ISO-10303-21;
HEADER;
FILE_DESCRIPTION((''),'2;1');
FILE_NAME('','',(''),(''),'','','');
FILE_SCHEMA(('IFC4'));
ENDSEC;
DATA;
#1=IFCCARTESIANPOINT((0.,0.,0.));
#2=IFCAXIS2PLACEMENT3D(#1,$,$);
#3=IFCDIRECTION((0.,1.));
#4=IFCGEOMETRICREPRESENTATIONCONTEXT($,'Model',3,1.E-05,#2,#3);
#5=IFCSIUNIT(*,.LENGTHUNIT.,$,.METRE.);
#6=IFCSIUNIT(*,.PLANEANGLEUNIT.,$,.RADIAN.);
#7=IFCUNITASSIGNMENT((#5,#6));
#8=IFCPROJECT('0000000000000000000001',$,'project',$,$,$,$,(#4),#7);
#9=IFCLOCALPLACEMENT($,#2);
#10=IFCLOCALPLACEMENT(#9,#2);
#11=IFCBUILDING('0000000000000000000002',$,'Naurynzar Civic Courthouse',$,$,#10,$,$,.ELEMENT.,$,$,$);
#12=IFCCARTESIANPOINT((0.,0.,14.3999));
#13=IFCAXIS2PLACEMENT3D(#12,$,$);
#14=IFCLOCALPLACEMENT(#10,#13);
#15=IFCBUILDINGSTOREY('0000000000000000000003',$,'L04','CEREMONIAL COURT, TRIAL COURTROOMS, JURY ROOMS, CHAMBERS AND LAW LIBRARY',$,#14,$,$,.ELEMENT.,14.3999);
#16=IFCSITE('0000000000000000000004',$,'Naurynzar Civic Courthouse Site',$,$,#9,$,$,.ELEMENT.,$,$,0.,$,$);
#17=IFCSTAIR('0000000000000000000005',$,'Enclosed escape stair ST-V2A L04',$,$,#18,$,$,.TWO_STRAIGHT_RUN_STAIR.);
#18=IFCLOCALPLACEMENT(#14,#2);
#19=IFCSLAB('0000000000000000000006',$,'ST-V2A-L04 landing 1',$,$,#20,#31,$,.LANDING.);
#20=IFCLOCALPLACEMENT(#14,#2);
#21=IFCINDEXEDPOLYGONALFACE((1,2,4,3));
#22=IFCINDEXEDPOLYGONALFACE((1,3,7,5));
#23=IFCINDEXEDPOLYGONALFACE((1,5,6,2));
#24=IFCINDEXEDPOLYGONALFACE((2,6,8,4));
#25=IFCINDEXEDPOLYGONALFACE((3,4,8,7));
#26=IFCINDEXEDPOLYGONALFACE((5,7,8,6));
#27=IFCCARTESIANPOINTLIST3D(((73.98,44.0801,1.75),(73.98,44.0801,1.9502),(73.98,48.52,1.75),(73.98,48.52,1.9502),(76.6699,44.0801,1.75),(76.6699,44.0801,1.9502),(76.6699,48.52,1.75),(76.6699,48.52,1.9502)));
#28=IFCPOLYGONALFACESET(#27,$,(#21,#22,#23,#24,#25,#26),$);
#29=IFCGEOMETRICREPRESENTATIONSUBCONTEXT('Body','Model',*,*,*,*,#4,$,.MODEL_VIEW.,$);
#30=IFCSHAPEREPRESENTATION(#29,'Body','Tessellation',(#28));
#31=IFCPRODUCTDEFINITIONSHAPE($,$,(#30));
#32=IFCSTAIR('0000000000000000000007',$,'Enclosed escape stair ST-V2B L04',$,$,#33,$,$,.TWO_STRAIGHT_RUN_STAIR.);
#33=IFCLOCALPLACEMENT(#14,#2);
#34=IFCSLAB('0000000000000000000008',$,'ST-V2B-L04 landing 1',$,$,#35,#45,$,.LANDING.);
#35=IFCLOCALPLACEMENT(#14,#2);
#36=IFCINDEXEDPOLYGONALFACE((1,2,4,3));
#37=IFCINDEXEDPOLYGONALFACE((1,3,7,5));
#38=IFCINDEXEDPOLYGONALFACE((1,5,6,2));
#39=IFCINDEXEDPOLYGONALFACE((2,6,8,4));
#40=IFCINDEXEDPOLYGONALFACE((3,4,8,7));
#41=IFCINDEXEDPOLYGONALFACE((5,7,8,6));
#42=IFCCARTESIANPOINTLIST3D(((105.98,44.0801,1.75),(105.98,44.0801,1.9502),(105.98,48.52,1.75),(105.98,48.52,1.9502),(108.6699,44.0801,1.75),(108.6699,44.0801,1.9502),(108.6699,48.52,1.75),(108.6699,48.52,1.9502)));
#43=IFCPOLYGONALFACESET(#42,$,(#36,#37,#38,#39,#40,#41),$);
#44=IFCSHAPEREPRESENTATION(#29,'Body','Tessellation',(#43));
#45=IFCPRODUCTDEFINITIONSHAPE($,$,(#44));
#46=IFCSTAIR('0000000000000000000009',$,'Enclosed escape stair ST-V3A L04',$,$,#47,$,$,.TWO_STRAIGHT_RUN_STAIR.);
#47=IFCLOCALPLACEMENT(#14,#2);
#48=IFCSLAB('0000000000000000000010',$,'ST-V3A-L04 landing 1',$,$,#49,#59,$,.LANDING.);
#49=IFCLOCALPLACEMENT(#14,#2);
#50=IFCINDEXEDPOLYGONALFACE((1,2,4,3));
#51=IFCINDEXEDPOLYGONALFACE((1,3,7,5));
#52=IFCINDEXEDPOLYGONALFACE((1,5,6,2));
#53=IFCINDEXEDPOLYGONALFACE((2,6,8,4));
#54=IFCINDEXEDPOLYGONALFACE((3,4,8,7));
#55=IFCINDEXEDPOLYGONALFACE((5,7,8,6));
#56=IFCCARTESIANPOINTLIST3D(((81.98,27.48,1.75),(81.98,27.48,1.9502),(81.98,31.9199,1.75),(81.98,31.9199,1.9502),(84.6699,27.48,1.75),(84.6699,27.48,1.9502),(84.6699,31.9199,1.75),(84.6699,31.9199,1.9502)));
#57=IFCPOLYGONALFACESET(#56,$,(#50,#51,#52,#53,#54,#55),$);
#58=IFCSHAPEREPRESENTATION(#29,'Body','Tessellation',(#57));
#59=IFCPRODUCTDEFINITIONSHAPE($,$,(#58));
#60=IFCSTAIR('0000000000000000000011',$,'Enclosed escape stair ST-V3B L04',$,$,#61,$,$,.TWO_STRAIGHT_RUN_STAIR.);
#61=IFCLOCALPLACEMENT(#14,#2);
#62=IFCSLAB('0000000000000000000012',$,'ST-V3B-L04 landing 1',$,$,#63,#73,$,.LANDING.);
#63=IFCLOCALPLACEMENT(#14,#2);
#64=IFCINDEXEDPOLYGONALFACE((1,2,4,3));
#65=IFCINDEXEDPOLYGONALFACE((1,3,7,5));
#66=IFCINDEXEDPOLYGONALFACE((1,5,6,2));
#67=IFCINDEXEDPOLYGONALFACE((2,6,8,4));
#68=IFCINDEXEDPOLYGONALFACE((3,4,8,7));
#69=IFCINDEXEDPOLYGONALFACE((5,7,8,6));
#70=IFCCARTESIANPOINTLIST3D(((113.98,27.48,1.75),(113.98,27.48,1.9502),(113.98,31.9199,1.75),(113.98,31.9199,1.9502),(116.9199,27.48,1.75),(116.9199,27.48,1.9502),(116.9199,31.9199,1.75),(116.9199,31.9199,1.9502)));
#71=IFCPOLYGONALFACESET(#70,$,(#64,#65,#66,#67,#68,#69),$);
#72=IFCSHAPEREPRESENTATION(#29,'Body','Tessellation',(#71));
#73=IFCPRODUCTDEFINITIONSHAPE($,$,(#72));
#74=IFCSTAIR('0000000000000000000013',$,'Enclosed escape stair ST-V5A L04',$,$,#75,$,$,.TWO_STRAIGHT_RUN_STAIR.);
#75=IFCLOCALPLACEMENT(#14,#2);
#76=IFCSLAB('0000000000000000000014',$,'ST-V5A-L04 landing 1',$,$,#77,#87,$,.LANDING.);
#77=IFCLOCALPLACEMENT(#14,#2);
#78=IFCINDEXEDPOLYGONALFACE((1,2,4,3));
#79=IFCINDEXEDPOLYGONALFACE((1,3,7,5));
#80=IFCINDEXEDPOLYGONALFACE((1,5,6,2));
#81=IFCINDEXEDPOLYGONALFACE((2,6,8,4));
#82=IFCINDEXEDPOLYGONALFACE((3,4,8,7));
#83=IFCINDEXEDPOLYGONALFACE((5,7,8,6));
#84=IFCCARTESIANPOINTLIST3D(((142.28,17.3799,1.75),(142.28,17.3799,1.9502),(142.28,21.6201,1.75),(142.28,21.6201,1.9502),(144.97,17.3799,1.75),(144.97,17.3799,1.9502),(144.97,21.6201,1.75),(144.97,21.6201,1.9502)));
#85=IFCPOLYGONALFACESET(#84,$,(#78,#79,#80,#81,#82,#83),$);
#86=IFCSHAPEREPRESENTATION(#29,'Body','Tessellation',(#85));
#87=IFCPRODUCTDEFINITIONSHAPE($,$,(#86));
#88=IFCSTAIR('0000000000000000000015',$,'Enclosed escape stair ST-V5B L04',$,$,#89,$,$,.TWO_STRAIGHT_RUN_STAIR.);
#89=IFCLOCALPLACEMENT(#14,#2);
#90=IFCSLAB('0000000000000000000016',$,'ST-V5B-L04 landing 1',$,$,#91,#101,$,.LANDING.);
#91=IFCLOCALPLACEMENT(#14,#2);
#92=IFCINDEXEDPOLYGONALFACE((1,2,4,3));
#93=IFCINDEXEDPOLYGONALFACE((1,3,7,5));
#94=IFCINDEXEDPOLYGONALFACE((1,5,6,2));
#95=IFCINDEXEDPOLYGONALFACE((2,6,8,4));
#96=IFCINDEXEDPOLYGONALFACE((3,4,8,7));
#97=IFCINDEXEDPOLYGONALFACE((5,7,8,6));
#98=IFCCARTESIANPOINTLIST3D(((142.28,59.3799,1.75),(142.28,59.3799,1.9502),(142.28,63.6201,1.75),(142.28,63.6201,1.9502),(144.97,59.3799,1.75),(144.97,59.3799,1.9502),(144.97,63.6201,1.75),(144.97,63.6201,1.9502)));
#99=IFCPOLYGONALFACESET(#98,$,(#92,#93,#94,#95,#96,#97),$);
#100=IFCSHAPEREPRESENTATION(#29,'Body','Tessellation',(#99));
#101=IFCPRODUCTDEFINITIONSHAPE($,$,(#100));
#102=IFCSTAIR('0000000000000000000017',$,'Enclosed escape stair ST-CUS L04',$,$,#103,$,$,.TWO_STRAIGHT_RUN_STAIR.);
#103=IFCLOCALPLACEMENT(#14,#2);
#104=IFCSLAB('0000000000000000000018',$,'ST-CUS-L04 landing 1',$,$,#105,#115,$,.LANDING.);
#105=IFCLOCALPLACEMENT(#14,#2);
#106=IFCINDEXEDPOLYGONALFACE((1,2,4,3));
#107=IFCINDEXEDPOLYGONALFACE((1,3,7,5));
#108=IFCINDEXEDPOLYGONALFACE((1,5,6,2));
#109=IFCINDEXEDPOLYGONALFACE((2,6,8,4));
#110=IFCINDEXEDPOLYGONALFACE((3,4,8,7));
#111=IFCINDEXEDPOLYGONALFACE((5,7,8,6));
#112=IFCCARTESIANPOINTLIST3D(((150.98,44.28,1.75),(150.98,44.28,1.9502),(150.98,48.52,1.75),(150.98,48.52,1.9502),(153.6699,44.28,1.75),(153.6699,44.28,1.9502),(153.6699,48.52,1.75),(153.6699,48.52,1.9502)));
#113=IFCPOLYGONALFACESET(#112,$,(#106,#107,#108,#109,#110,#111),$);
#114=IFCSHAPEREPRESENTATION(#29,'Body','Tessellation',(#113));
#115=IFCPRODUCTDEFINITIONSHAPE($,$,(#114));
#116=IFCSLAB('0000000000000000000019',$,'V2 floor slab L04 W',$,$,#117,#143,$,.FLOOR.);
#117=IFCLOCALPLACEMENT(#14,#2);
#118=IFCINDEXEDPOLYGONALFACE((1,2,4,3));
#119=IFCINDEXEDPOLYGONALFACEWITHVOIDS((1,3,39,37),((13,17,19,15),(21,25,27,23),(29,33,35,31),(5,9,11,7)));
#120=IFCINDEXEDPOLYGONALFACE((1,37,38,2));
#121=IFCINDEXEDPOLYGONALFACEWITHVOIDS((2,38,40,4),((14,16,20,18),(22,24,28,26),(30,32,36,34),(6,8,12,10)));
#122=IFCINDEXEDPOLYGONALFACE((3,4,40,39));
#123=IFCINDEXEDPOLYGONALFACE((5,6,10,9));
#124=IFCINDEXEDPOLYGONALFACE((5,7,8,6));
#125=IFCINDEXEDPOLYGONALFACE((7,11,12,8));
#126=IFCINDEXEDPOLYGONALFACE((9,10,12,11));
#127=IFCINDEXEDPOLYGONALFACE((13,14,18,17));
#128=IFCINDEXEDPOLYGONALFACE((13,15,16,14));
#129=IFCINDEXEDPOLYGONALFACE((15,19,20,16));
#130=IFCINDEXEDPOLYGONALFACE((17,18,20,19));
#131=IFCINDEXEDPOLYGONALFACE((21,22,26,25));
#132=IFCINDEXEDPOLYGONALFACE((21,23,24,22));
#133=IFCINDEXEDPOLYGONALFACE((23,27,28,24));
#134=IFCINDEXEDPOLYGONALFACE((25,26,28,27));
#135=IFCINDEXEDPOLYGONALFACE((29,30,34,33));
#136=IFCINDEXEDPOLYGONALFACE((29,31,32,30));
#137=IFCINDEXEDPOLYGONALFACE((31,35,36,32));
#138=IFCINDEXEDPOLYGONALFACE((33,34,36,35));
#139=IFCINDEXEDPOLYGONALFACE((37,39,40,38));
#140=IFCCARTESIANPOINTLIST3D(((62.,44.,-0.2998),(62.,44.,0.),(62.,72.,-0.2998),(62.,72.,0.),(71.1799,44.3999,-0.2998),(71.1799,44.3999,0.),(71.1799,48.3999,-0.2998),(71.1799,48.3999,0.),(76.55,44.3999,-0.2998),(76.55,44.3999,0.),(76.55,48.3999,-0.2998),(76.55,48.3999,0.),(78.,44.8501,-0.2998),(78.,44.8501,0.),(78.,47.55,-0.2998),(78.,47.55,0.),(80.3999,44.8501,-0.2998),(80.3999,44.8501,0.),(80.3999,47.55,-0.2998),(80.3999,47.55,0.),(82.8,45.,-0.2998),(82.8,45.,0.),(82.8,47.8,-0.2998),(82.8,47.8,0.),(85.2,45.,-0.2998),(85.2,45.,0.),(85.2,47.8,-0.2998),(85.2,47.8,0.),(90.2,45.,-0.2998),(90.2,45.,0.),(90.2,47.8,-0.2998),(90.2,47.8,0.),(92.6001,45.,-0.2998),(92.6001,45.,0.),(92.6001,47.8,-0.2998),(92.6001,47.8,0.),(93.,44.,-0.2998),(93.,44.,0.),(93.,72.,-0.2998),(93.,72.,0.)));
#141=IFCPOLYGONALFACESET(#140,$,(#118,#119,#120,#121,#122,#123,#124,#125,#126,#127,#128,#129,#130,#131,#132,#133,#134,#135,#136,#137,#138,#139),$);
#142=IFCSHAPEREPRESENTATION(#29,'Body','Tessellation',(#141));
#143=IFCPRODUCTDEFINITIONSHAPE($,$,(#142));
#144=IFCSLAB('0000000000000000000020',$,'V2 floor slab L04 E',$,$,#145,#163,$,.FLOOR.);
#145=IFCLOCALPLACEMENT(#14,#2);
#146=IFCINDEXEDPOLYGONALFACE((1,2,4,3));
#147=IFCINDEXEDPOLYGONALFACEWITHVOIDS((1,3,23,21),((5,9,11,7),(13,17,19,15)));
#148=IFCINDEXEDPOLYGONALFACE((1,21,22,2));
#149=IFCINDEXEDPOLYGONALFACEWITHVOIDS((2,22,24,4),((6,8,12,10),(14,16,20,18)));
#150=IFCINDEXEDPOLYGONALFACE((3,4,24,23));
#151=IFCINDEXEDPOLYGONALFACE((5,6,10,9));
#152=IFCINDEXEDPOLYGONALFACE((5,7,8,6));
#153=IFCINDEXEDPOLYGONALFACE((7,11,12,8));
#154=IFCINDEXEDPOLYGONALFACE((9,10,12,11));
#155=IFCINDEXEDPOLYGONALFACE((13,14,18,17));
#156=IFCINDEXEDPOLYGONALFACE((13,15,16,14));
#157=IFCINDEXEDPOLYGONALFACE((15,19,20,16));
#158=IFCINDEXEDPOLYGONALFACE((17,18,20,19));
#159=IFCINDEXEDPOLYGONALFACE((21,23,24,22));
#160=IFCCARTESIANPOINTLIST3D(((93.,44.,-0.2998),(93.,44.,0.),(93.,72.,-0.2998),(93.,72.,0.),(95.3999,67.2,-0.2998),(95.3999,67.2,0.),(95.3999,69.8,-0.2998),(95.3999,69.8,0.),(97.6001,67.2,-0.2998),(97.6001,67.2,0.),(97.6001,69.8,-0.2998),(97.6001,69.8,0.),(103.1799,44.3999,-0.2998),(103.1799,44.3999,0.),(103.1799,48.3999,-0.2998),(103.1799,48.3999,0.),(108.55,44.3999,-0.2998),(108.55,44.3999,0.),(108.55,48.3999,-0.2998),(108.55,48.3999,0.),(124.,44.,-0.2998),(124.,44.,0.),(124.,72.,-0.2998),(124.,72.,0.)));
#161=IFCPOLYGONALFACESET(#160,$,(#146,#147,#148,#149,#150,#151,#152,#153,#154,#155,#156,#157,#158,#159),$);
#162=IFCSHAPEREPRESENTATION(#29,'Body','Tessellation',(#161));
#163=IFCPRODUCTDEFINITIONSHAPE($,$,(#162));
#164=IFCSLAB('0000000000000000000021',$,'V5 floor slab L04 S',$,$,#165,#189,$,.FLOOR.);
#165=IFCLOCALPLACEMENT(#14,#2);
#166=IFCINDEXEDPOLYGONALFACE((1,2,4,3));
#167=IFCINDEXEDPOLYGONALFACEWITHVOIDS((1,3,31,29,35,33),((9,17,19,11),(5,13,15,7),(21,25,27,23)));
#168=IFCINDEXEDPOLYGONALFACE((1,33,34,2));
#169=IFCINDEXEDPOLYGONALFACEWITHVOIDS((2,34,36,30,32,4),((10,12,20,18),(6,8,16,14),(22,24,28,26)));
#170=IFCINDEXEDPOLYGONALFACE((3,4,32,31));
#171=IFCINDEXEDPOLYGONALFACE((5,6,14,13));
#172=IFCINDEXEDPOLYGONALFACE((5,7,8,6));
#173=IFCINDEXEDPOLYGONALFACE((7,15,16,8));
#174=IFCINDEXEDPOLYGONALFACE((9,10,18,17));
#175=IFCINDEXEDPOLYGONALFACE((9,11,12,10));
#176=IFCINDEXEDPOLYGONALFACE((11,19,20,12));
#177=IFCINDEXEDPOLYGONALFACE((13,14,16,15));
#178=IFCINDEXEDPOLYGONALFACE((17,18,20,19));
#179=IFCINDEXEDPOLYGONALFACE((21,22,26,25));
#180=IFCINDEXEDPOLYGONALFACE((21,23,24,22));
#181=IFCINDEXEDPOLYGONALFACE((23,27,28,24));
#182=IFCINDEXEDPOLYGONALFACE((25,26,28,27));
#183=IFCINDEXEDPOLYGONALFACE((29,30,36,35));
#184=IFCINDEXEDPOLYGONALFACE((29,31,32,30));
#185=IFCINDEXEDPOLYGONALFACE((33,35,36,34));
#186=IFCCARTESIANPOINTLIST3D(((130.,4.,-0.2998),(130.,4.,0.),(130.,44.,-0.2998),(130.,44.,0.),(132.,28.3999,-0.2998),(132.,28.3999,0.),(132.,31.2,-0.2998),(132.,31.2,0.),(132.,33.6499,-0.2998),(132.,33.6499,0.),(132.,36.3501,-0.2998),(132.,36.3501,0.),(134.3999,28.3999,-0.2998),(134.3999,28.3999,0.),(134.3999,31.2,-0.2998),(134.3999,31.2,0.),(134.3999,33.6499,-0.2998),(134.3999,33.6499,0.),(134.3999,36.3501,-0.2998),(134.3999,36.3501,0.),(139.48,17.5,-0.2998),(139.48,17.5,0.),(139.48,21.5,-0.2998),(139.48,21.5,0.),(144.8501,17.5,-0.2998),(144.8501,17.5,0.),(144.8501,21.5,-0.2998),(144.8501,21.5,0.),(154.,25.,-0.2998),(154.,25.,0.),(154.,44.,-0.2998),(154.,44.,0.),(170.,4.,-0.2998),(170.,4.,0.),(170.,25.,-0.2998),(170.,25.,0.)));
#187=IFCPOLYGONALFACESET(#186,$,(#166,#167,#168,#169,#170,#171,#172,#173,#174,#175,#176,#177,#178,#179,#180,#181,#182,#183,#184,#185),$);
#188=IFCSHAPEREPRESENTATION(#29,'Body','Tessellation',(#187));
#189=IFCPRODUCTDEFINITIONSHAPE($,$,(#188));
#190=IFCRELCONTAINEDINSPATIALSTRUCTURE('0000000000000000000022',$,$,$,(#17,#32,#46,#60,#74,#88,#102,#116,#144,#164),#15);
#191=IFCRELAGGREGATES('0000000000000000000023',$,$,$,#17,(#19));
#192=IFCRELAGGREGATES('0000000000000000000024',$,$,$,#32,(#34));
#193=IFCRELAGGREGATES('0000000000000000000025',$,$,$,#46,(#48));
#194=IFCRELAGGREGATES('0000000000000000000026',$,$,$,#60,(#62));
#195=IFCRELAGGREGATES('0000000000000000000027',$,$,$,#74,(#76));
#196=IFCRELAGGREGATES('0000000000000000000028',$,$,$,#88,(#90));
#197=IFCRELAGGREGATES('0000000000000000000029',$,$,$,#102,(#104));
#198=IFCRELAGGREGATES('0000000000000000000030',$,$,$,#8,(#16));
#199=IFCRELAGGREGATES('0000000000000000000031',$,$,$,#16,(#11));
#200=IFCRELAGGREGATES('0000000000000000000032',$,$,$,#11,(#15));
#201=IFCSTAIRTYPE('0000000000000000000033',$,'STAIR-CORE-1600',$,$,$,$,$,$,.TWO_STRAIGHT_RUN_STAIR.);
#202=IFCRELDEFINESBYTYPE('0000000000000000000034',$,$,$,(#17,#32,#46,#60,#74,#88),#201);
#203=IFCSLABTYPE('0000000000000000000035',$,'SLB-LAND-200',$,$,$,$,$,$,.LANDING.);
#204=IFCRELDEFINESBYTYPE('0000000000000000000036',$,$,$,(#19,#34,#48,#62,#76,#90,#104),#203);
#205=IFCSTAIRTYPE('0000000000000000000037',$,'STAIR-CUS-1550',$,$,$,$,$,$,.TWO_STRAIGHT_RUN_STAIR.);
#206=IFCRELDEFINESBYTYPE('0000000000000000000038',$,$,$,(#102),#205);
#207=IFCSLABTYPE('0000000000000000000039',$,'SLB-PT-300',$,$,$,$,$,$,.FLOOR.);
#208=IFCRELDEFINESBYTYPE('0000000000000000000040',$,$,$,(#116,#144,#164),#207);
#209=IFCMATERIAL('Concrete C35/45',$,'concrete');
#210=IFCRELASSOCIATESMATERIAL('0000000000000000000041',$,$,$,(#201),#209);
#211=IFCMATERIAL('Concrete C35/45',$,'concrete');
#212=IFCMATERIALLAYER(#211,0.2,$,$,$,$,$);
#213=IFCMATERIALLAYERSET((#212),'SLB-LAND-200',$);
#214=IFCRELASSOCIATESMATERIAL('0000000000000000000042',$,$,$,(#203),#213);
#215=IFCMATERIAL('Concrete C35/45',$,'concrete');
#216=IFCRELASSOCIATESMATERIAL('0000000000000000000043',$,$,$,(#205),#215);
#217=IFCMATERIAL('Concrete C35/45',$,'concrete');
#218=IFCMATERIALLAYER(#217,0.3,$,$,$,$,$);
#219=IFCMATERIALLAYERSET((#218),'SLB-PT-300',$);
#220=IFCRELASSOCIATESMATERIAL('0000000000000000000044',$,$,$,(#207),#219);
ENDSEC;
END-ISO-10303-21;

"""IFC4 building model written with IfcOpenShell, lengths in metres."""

from ifc_helpers import new_model, si_unit, direction, frame, origin, place, context, subcontext, project, spatial, polyline, outline, extrude, material, layer, layer_set, type_object, element, aggregate, save


model = new_model("IFC4")

# Units and contexts
model_context = context("Model", 3, precision=1e-05, world=origin(), true_north=direction((0.0, 1.0)))
body_context = subcontext(model_context, "Body", "Model", "MODEL_VIEW")
ifc_project = project(units=[si_unit("LENGTHUNIT", "METRE"), si_unit("PLANEANGLEUNIT", "RADIAN")], contexts=[model_context])

# Site, building, storey
site_placement = place(None, origin())
site = spatial("IfcSite", under=ifc_project, at=site_placement, Name="Naurynzar Civic Courthouse Site", CompositionType="ELEMENT", RefElevation=0.0)
building_placement = place(site_placement, origin())
building = spatial("IfcBuilding", under=site, at=building_placement, Name="Naurynzar Civic Courthouse", CompositionType="ELEMENT")
storey_placement = place(building_placement, frame((0.0, 0.0, 14.3999)))
storey = spatial("IfcBuildingStorey", under=building, at=storey_placement, Name="L04", Description="CEREMONIAL COURT, TRIAL COURTROOMS, JURY ROOMS, CHAMBERS AND LAW LIBRARY", CompositionType="ELEMENT", Elevation=14.3999)

# Stairs, slabs
ifc_material_1 = material(Name="Concrete C35/45", Category="concrete")
stair_type_1 = type_object("IfcStairType", Name="STAIR-CORE-1600", PredefinedType="TWO_STRAIGHT_RUN_STAIR", material=ifc_material_1)
ifc_material_2 = material(Name="Concrete C35/45", Category="concrete")
ifc_layer_1 = layer(ifc_material_2, 0.2)
ifc_layer_set_1 = layer_set([ifc_layer_1], Name="SLB-LAND-200")
slab_type_1 = type_object("IfcSlabType", Name="SLB-LAND-200", PredefinedType="LANDING", material=ifc_layer_set_1)
stair_1_placement = place(storey_placement, origin())
stair_1 = element("IfcStair", 1, at=stair_1_placement, inside=storey, type_object=stair_type_1, Name="Enclosed escape stair ST-V2A L04", PredefinedType="TWO_STRAIGHT_RUN_STAIR")
slab_1_placement = place(storey_placement, frame((0.0, 0.0, 1.75)))
slab_1 = element("IfcSlab", 2, at=slab_1_placement, type_object=slab_type_1, Name="ST-V2A-L04 landing 1", PredefinedType="LANDING", context=body_context, shape_type="SweptSolid", body=[
    extrude(outline(polyline([(73.98, 44.0801), (76.6699, 44.0801), (76.6699, 48.52), (73.98, 48.52), (73.98, 44.0801)])), origin(), (0.0, 0.0, 1.0), 0.2002),
])
aggregate(stair_1, [slab_1])
stair_2_placement = place(storey_placement, origin())
stair_2 = element("IfcStair", 3, at=stair_2_placement, inside=storey, type_object=stair_type_1, Name="Enclosed escape stair ST-V2B L04", PredefinedType="TWO_STRAIGHT_RUN_STAIR")
slab_2_placement = place(storey_placement, frame((0.0, 0.0, 1.75)))
slab_2 = element("IfcSlab", 4, at=slab_2_placement, type_object=slab_type_1, Name="ST-V2B-L04 landing 1", PredefinedType="LANDING", context=body_context, shape_type="SweptSolid", body=[
    extrude(outline(polyline([(105.98, 44.0801), (108.6699, 44.0801), (108.6699, 48.52), (105.98, 48.52), (105.98, 44.0801)])), origin(), (0.0, 0.0, 1.0), 0.2002),
])
aggregate(stair_2, [slab_2])
stair_3_placement = place(storey_placement, origin())
stair_3 = element("IfcStair", 5, at=stair_3_placement, inside=storey, type_object=stair_type_1, Name="Enclosed escape stair ST-V3A L04", PredefinedType="TWO_STRAIGHT_RUN_STAIR")
slab_3_placement = place(storey_placement, frame((0.0, 0.0, 1.75)))
slab_3 = element("IfcSlab", 6, at=slab_3_placement, type_object=slab_type_1, Name="ST-V3A-L04 landing 1", PredefinedType="LANDING", context=body_context, shape_type="SweptSolid", body=[
    extrude(outline(polyline([(81.98, 27.48), (84.6699, 27.48), (84.6699, 31.9199), (81.98, 31.9199), (81.98, 27.48)])), origin(), (0.0, 0.0, 1.0), 0.2002),
])
aggregate(stair_3, [slab_3])
stair_4_placement = place(storey_placement, origin())
stair_4 = element("IfcStair", 7, at=stair_4_placement, inside=storey, type_object=stair_type_1, Name="Enclosed escape stair ST-V3B L04", PredefinedType="TWO_STRAIGHT_RUN_STAIR")
slab_4_placement = place(storey_placement, frame((0.0, 0.0, 1.75)))
slab_4 = element("IfcSlab", 8, at=slab_4_placement, type_object=slab_type_1, Name="ST-V3B-L04 landing 1", PredefinedType="LANDING", context=body_context, shape_type="SweptSolid", body=[
    extrude(outline(polyline([(113.98, 27.48), (116.9199, 27.48), (116.9199, 31.9199), (113.98, 31.9199), (113.98, 27.48)])), origin(), (0.0, 0.0, 1.0), 0.2002),
])
aggregate(stair_4, [slab_4])
stair_5_placement = place(storey_placement, origin())
stair_5 = element("IfcStair", 9, at=stair_5_placement, inside=storey, type_object=stair_type_1, Name="Enclosed escape stair ST-V5A L04", PredefinedType="TWO_STRAIGHT_RUN_STAIR")
slab_5_placement = place(storey_placement, frame((0.0, 0.0, 1.75)))
slab_5 = element("IfcSlab", 10, at=slab_5_placement, type_object=slab_type_1, Name="ST-V5A-L04 landing 1", PredefinedType="LANDING", context=body_context, shape_type="SweptSolid", body=[
    extrude(outline(polyline([(142.28, 17.3799), (144.97, 17.3799), (144.97, 21.6201), (142.28, 21.6201), (142.28, 17.3799)])), origin(), (0.0, 0.0, 1.0), 0.2002),
])
aggregate(stair_5, [slab_5])
stair_6_placement = place(storey_placement, origin())
stair_6 = element("IfcStair", 11, at=stair_6_placement, inside=storey, type_object=stair_type_1, Name="Enclosed escape stair ST-V5B L04", PredefinedType="TWO_STRAIGHT_RUN_STAIR")
slab_6_placement = place(storey_placement, frame((0.0, 0.0, 1.75)))
slab_6 = element("IfcSlab", 12, at=slab_6_placement, type_object=slab_type_1, Name="ST-V5B-L04 landing 1", PredefinedType="LANDING", context=body_context, shape_type="SweptSolid", body=[
    extrude(outline(polyline([(142.28, 59.3799), (144.97, 59.3799), (144.97, 63.6201), (142.28, 63.6201), (142.28, 59.3799)])), origin(), (0.0, 0.0, 1.0), 0.2002),
])
aggregate(stair_6, [slab_6])
ifc_material_3 = material(Name="Concrete C35/45", Category="concrete")
stair_type_2 = type_object("IfcStairType", Name="STAIR-CUS-1550", PredefinedType="TWO_STRAIGHT_RUN_STAIR", material=ifc_material_3)
stair_7_placement = place(storey_placement, origin())
stair_7 = element("IfcStair", 13, at=stair_7_placement, inside=storey, type_object=stair_type_2, Name="Enclosed escape stair ST-CUS L04", PredefinedType="TWO_STRAIGHT_RUN_STAIR")
slab_7_placement = place(storey_placement, frame((0.0, 0.0, 1.75)))
slab_7 = element("IfcSlab", 14, at=slab_7_placement, type_object=slab_type_1, Name="ST-CUS-L04 landing 1", PredefinedType="LANDING", context=body_context, shape_type="SweptSolid", body=[
    extrude(outline(polyline([(150.98, 44.28), (153.6699, 44.28), (153.6699, 48.52), (150.98, 48.52), (150.98, 44.28)])), origin(), (0.0, 0.0, 1.0), 0.2002),
])
aggregate(stair_7, [slab_7])

# Slabs
ifc_material_4 = material(Name="Concrete C35/45", Category="concrete")
ifc_layer_2 = layer(ifc_material_4, 0.3)
ifc_layer_set_2 = layer_set([ifc_layer_2], Name="SLB-PT-300")
slab_type_2 = type_object("IfcSlabType", Name="SLB-PT-300", PredefinedType="FLOOR", material=ifc_layer_set_2)
slab_8_placement = place(storey_placement, frame((0.0, 0.0, -0.2998)))
element("IfcSlab", 15, at=slab_8_placement, inside=storey, type_object=slab_type_2, Name="V2 floor slab L04 W", PredefinedType="FLOOR", context=body_context, shape_type="SweptSolid", body=[
    extrude(outline(polyline([(93.0, 44.0), (93.0, 72.0), (62.0, 72.0), (62.0, 44.0), (93.0, 44.0)]), holes=[polyline([(71.1799, 44.3999), (76.55, 44.3999), (76.55, 48.3999), (71.1799, 48.3999), (71.1799, 44.3999)]), polyline([(78.0, 44.8501), (80.3999, 44.8501), (80.3999, 47.55), (78.0, 47.55), (78.0, 44.8501)]), polyline([(82.8, 45.0), (85.2, 45.0), (85.2, 47.8), (82.8, 47.8), (82.8, 45.0)]), polyline([(90.2, 45.0), (92.6001, 45.0), (92.6001, 47.8), (90.2, 47.8), (90.2, 45.0)])]), origin(), (0.0, 0.0, 1.0), 0.2998),
])
slab_9_placement = place(storey_placement, frame((0.0, 0.0, -0.2998)))
element("IfcSlab", 16, at=slab_9_placement, inside=storey, type_object=slab_type_2, Name="V2 floor slab L04 E", PredefinedType="FLOOR", context=body_context, shape_type="SweptSolid", body=[
    extrude(outline(polyline([(124.0, 44.0), (124.0, 72.0), (93.0, 72.0), (93.0, 44.0), (124.0, 44.0)]), holes=[polyline([(103.1799, 44.3999), (108.55, 44.3999), (108.55, 48.3999), (103.1799, 48.3999), (103.1799, 44.3999)]), polyline([(95.3999, 67.2), (97.6001, 67.2), (97.6001, 69.8), (95.3999, 69.8), (95.3999, 67.2)])]), origin(), (0.0, 0.0, 1.0), 0.2998),
])
slab_10_placement = place(storey_placement, frame((0.0, 0.0, -0.2998)))
element("IfcSlab", 17, at=slab_10_placement, inside=storey, type_object=slab_type_2, Name="V5 floor slab L04 S", PredefinedType="FLOOR", context=body_context, shape_type="SweptSolid", body=[
    extrude(outline(polyline([(170.0, 4.0), (130.0, 4.0), (130.0, 44.0), (154.0, 44.0), (154.0, 25.0), (170.0, 25.0), (170.0, 4.0)]), holes=[polyline([(139.48, 17.5), (144.8501, 17.5), (144.8501, 21.5), (139.48, 21.5), (139.48, 17.5)]), polyline([(132.0, 33.6499), (134.3999, 33.6499), (134.3999, 36.3501), (132.0, 36.3501), (132.0, 33.6499)]), polyline([(132.0, 28.3999), (134.3999, 28.3999), (134.3999, 31.2), (132.0, 31.2), (132.0, 28.3999)])]), origin(), (0.0, 0.0, 1.0), 0.2998),
])

save(model, "model.ifc")
